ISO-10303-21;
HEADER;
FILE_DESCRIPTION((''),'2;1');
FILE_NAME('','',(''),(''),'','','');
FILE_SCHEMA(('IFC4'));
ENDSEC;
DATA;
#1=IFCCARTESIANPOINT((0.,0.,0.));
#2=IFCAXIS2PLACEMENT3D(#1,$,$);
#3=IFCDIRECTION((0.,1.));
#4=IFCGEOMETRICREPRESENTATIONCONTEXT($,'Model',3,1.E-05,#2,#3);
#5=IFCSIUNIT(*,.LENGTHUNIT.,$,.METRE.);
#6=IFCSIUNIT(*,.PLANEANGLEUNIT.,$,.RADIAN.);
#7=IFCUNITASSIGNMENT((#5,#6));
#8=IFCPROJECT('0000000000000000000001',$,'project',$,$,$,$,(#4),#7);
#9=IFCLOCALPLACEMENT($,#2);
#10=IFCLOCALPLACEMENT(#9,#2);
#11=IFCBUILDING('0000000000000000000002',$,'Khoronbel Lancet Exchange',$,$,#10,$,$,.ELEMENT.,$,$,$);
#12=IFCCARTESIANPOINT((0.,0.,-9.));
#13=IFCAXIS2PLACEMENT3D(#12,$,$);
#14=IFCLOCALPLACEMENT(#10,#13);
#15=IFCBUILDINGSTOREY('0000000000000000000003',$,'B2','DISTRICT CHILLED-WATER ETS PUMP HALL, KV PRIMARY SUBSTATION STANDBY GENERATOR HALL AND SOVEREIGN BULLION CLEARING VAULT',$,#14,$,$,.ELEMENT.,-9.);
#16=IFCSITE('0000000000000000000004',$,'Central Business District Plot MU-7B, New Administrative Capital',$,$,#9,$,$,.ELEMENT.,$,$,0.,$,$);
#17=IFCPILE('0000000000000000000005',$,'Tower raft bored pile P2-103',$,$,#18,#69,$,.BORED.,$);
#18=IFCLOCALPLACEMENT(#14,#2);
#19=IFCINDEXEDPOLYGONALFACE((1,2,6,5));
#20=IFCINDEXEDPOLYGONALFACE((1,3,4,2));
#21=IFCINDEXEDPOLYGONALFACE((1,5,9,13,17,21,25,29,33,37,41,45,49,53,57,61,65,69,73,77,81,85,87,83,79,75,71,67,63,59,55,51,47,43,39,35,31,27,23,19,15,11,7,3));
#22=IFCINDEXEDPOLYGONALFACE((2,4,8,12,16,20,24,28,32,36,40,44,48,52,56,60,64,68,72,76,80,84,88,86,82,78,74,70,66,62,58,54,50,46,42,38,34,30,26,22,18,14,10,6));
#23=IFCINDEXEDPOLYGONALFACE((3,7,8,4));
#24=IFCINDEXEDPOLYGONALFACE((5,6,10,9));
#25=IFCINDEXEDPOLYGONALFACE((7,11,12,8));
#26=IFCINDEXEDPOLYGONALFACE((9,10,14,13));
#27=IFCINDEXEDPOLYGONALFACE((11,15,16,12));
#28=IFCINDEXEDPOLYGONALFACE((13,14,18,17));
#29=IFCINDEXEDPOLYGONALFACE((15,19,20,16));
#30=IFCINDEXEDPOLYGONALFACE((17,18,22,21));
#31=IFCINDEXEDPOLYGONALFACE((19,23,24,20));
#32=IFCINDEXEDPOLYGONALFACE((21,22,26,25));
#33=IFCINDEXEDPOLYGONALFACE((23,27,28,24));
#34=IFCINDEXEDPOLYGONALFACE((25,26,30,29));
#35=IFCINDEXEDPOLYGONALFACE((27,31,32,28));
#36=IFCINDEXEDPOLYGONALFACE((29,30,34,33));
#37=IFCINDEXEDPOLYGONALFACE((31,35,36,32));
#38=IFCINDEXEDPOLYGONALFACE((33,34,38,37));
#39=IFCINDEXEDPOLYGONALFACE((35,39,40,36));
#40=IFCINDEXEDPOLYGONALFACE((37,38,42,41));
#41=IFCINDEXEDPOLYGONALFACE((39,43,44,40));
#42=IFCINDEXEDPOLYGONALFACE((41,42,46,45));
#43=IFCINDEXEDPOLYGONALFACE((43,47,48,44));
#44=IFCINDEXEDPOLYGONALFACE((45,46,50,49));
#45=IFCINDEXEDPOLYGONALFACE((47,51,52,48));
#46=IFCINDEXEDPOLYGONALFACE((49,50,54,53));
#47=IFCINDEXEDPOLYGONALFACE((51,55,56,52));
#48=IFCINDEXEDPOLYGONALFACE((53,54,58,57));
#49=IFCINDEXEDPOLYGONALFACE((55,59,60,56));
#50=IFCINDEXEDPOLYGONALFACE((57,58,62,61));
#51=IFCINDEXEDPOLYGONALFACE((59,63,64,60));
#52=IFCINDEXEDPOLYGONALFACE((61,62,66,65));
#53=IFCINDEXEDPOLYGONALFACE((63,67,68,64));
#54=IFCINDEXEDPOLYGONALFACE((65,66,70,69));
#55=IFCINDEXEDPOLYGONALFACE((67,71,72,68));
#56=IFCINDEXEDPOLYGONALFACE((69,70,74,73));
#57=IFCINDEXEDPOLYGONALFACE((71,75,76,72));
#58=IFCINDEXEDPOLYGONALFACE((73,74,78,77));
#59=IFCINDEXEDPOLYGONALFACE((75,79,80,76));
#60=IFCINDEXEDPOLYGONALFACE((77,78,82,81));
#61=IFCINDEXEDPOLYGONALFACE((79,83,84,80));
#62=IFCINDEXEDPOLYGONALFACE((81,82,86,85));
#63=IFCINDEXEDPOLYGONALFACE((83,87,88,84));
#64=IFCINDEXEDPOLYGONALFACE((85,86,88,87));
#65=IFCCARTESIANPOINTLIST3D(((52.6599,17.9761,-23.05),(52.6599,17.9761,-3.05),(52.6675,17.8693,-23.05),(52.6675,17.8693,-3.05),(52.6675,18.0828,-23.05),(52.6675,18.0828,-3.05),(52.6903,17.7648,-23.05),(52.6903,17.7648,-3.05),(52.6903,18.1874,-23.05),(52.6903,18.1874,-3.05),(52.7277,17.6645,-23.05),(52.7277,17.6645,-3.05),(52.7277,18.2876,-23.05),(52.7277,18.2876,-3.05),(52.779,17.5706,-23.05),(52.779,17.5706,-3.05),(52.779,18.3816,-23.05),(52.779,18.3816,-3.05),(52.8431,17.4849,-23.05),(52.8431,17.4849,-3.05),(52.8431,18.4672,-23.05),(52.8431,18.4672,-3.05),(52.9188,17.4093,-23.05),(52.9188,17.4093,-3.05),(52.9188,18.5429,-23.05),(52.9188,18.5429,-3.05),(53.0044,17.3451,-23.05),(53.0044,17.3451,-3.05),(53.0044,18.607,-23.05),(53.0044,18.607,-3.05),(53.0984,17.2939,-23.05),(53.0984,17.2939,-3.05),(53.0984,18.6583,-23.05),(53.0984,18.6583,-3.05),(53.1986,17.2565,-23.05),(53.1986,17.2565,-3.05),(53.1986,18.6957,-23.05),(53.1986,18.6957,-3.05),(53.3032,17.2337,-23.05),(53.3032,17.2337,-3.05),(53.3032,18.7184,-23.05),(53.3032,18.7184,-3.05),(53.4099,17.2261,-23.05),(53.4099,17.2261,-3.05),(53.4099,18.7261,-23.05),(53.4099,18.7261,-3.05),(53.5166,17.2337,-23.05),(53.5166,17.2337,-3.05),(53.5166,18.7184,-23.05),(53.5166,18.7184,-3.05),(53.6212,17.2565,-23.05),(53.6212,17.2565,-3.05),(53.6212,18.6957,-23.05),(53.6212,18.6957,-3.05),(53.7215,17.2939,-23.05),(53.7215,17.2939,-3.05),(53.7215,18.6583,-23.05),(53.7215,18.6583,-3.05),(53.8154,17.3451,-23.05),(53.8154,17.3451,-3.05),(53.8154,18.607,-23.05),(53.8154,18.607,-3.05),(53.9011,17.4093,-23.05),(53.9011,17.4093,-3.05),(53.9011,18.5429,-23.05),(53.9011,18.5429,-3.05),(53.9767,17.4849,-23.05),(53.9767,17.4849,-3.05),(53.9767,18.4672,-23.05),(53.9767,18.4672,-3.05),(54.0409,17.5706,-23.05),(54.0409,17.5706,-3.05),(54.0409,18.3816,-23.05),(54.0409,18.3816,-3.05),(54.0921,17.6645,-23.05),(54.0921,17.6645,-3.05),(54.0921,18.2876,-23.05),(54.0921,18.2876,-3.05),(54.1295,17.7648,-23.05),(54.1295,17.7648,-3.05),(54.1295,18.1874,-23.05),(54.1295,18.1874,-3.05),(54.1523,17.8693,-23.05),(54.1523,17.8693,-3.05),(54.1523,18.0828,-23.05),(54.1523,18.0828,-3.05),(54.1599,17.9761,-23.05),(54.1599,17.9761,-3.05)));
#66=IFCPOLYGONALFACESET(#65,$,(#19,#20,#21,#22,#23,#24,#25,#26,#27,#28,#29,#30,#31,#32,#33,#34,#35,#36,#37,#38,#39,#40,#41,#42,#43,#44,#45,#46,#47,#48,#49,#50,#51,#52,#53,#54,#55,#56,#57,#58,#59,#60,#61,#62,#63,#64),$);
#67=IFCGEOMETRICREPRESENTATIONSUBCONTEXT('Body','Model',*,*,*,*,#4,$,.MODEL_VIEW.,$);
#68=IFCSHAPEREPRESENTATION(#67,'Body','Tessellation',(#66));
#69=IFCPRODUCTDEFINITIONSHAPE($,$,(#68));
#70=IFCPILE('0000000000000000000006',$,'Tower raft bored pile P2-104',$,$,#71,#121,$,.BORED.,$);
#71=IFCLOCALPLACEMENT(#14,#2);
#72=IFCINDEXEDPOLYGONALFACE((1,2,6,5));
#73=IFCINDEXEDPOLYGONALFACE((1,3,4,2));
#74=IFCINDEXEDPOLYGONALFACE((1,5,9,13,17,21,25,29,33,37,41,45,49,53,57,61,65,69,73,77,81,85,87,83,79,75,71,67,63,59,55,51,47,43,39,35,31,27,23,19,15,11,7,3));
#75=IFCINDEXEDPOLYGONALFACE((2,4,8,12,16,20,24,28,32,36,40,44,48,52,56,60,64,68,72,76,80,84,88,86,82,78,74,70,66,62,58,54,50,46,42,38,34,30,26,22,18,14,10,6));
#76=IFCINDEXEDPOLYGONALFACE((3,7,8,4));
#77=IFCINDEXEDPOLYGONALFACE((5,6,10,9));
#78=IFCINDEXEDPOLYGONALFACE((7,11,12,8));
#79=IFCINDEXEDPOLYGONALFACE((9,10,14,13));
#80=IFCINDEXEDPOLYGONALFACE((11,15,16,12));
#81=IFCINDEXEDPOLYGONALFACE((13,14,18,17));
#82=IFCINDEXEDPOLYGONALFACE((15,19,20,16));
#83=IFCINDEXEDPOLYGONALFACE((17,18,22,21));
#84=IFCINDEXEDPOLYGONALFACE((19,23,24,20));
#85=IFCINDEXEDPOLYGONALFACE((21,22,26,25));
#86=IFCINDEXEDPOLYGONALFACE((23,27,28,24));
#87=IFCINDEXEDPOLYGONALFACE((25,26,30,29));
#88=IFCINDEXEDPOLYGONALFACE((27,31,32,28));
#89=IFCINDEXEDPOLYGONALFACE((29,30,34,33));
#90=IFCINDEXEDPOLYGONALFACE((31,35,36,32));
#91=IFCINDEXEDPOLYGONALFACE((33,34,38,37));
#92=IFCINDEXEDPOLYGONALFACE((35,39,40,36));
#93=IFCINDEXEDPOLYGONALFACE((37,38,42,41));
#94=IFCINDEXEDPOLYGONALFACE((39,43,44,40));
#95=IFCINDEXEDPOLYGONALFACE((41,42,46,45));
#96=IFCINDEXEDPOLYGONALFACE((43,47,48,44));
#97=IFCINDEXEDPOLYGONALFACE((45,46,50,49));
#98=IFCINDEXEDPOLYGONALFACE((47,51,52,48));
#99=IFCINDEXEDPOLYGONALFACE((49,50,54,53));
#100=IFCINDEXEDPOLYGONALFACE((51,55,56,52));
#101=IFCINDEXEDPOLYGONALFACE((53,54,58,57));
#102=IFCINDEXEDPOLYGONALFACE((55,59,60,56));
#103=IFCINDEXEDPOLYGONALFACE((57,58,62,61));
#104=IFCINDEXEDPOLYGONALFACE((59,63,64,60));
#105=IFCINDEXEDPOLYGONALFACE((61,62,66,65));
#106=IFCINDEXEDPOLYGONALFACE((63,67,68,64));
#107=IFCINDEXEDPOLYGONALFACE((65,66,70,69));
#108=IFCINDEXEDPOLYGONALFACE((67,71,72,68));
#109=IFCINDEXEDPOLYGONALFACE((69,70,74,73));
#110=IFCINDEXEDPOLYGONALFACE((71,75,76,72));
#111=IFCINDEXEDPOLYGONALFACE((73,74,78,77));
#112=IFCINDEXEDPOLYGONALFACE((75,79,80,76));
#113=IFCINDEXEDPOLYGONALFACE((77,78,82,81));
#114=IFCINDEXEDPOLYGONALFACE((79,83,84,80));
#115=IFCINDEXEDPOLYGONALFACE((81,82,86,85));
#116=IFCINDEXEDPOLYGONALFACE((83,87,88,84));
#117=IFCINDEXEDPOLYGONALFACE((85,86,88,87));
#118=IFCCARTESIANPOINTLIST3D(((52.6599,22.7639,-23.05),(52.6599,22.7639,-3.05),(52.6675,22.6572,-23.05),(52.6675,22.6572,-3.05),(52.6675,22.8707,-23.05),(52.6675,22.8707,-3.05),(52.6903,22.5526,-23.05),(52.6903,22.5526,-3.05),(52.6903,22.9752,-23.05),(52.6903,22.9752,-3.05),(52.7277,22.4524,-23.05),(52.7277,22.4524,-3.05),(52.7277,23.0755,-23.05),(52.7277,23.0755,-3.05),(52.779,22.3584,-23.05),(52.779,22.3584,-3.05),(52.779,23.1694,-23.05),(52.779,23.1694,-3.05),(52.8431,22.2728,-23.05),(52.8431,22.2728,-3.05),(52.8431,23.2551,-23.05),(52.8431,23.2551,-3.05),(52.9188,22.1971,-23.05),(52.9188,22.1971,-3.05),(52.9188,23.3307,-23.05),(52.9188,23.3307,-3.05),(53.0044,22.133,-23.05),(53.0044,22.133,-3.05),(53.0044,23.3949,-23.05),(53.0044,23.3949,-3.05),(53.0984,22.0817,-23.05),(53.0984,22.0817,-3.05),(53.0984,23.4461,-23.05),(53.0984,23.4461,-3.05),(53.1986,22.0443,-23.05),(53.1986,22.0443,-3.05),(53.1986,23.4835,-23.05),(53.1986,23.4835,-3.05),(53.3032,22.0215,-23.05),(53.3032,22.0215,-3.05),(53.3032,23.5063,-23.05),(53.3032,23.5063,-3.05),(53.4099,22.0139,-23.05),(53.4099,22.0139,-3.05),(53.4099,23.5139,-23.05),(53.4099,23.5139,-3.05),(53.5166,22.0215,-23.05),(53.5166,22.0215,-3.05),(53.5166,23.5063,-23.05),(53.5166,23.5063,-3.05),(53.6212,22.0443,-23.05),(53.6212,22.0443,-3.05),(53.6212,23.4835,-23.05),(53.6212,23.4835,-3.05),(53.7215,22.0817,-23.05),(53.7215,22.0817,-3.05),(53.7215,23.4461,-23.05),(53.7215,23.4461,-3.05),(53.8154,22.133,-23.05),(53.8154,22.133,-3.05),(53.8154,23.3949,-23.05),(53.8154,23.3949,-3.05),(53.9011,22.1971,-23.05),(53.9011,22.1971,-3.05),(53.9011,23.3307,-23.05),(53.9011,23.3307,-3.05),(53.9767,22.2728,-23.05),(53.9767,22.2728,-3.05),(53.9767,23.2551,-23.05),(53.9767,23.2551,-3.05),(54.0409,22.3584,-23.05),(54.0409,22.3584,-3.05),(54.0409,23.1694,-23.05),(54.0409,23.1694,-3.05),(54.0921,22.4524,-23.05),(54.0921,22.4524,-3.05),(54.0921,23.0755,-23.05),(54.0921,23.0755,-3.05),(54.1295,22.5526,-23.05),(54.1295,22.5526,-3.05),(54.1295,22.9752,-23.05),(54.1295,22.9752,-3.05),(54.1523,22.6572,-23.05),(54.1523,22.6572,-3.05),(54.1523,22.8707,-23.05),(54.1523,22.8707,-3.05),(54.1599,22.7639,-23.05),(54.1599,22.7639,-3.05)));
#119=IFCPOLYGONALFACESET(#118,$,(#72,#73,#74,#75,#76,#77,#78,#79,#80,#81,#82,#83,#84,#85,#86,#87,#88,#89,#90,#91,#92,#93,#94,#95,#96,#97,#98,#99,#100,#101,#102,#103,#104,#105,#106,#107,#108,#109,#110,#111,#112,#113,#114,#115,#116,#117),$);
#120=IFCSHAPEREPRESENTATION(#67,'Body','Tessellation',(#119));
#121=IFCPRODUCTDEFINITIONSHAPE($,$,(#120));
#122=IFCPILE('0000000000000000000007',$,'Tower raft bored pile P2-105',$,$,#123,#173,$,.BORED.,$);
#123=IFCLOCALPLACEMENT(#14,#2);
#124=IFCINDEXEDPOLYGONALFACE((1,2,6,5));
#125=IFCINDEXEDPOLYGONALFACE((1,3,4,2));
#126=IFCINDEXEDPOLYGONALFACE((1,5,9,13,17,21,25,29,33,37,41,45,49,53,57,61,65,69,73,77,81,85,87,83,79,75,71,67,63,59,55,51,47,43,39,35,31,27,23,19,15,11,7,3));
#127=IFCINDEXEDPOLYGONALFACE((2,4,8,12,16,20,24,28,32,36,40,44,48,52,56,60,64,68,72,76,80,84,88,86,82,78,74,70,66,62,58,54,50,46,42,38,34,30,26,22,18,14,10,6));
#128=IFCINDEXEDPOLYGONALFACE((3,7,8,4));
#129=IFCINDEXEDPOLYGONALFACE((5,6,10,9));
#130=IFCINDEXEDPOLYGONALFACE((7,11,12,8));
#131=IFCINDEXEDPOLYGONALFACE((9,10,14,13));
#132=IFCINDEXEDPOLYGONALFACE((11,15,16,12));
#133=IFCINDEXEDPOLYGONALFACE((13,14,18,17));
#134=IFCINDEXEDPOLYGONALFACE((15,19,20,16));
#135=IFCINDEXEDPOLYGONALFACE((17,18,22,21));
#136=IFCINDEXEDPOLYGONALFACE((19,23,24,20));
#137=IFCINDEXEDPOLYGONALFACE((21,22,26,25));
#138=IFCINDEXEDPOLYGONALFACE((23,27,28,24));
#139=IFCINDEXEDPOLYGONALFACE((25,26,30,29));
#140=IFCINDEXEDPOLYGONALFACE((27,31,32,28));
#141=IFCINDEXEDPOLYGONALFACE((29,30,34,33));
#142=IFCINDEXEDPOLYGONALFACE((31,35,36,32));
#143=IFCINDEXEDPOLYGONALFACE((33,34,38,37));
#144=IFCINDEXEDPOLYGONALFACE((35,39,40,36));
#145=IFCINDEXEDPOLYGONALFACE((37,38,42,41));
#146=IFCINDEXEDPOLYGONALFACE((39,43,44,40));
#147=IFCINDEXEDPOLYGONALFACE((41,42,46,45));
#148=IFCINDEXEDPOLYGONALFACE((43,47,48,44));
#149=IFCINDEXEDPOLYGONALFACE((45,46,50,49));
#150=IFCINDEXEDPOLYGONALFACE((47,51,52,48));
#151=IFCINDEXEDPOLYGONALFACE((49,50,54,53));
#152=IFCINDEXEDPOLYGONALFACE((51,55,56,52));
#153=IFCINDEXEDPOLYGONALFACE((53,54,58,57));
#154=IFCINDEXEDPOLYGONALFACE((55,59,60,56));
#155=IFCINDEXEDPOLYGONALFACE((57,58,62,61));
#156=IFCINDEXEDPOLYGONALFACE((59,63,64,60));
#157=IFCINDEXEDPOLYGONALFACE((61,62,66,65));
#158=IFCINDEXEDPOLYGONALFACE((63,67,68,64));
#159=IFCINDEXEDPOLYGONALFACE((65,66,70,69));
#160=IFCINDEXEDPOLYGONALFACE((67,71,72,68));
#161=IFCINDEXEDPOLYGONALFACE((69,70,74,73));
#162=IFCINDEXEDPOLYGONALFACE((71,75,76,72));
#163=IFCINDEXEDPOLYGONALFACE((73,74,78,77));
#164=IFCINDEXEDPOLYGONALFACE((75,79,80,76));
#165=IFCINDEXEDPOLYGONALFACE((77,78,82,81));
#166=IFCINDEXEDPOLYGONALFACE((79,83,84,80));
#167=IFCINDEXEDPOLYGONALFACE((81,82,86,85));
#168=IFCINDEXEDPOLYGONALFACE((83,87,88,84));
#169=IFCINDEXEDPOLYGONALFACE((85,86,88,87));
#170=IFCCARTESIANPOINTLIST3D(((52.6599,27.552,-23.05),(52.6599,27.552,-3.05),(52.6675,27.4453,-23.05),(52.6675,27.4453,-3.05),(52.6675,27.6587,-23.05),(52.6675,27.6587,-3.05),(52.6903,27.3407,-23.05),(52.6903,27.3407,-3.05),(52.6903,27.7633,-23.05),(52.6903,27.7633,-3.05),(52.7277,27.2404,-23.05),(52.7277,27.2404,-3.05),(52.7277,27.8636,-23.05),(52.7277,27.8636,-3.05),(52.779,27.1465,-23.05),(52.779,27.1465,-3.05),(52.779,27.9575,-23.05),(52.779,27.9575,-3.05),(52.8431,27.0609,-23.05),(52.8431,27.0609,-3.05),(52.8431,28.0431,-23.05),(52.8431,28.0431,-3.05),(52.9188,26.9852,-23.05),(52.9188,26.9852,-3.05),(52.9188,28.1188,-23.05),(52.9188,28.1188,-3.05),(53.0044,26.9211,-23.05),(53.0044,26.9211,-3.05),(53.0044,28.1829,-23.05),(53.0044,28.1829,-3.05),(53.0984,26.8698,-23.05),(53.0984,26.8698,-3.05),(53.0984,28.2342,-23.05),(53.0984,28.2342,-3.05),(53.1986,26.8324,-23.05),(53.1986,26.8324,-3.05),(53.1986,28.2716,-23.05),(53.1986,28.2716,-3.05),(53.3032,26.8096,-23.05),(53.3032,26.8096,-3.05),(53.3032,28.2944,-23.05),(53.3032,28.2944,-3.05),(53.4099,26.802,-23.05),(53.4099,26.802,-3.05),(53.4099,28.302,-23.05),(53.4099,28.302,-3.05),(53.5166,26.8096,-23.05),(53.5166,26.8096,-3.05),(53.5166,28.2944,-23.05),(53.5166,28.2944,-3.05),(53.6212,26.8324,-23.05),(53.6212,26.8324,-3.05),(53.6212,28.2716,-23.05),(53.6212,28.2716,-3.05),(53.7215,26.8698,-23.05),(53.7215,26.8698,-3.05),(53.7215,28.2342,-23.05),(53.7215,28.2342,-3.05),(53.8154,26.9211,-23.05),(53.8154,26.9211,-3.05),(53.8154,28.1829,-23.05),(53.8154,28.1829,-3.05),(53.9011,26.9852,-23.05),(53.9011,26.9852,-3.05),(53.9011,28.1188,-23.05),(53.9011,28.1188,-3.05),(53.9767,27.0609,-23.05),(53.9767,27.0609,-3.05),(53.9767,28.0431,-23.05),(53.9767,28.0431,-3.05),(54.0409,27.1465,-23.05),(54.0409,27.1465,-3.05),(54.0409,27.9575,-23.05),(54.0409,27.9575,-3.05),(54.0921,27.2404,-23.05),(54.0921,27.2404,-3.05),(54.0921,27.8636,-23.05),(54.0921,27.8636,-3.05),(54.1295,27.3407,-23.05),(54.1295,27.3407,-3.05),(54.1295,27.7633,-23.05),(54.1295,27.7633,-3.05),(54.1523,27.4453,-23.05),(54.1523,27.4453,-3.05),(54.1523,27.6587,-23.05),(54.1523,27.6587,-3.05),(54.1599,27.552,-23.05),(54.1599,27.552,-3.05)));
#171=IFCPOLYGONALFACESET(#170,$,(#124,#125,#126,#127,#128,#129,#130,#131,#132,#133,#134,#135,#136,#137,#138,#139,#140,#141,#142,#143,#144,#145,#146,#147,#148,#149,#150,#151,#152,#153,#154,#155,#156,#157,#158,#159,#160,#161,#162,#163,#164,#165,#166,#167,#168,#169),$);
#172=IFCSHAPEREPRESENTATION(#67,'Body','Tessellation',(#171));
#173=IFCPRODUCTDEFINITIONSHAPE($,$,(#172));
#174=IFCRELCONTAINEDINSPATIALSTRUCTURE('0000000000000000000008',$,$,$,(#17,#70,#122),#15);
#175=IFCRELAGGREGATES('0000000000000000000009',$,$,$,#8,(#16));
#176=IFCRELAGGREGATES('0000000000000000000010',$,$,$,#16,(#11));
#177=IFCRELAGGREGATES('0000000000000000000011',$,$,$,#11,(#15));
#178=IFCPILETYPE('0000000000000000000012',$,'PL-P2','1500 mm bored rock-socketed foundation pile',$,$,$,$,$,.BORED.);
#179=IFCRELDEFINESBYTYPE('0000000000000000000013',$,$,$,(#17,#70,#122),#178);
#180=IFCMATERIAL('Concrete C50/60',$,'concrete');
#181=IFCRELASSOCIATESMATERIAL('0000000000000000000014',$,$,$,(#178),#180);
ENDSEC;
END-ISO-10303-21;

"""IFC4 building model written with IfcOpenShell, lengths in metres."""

from ifc_helpers import new_model, si_unit, direction, frame, origin, origin_2d, place, context, subcontext, project, spatial, circle, extrude, material, material_profile, profile_set, type_object, element, save


model = new_model("IFC4")

# Units and contexts
model_context = context("Model", 3, precision=1e-05, world=origin(), true_north=direction((0.0, 1.0)))
body_context = subcontext(model_context, "Body", "Model", "MODEL_VIEW")
ifc_project = project(units=[si_unit("LENGTHUNIT", "METRE"), si_unit("PLANEANGLEUNIT", "RADIAN")], contexts=[model_context])

# Site, building, storey
site_placement = place(None, origin())
site = spatial("IfcSite", under=ifc_project, at=site_placement, Name="Central Business District Plot MU-7B, New Administrative Capital", CompositionType="ELEMENT", RefElevation=0.0)
building_placement = place(site_placement, origin())
building = spatial("IfcBuilding", under=site, at=building_placement, Name="Khoronbel Lancet Exchange", CompositionType="ELEMENT")
storey_placement = place(building_placement, frame((0.0, 0.0, -9.0)))
storey = spatial("IfcBuildingStorey", under=building, at=storey_placement, Name="B2", Description="DISTRICT CHILLED-WATER ETS PUMP HALL, KV PRIMARY SUBSTATION STANDBY GENERATOR HALL AND SOVEREIGN BULLION CLEARING VAULT", CompositionType="ELEMENT", Elevation=-9.0)

# Piles
ifc_material = material(Name="Concrete C50/60", Category="concrete")
ifc_material_profile = material_profile(ifc_material, circle(Radius=0.75, at=origin_2d()), Name="BORED PILE D1500")
ifc_profile_set = profile_set([ifc_material_profile], Name="Concrete C50/60")
pile_type = type_object("IfcPileType", Name="PL-P2", Description="1500 mm bored rock-socketed foundation pile", PredefinedType="BORED", material=ifc_profile_set)
for number, where, z_axis, x_axis, name in (
    (1, (53.4099, 17.9761, -3.05), (0.0, 0.0, -1.0), (1.0, 0.0, 0.0), "Tower raft bored pile P2-103"),
    (2, (53.4099, 22.7639, -3.05), (0.0, 0.0, -1.0), (1.0, 0.0, 0.0), "Tower raft bored pile P2-104"),
    (3, (53.4099, 27.552, -3.05), (0.0, 0.0, -1.0), (1.0, 0.0, 0.0), "Tower raft bored pile P2-105"),
):
    element("IfcPile", number, at=place(storey_placement, frame(where, z_axis=z_axis, x_axis=x_axis)), inside=storey, type_object=pile_type, Name=name, PredefinedType="BORED", context=body_context, shape_type="SweptSolid", body=[
        extrude(circle(Radius=0.75, at=origin_2d()), origin(), (0.0, 0.0, 1.0), 20.0),
    ])

save(model, "model.ifc")
